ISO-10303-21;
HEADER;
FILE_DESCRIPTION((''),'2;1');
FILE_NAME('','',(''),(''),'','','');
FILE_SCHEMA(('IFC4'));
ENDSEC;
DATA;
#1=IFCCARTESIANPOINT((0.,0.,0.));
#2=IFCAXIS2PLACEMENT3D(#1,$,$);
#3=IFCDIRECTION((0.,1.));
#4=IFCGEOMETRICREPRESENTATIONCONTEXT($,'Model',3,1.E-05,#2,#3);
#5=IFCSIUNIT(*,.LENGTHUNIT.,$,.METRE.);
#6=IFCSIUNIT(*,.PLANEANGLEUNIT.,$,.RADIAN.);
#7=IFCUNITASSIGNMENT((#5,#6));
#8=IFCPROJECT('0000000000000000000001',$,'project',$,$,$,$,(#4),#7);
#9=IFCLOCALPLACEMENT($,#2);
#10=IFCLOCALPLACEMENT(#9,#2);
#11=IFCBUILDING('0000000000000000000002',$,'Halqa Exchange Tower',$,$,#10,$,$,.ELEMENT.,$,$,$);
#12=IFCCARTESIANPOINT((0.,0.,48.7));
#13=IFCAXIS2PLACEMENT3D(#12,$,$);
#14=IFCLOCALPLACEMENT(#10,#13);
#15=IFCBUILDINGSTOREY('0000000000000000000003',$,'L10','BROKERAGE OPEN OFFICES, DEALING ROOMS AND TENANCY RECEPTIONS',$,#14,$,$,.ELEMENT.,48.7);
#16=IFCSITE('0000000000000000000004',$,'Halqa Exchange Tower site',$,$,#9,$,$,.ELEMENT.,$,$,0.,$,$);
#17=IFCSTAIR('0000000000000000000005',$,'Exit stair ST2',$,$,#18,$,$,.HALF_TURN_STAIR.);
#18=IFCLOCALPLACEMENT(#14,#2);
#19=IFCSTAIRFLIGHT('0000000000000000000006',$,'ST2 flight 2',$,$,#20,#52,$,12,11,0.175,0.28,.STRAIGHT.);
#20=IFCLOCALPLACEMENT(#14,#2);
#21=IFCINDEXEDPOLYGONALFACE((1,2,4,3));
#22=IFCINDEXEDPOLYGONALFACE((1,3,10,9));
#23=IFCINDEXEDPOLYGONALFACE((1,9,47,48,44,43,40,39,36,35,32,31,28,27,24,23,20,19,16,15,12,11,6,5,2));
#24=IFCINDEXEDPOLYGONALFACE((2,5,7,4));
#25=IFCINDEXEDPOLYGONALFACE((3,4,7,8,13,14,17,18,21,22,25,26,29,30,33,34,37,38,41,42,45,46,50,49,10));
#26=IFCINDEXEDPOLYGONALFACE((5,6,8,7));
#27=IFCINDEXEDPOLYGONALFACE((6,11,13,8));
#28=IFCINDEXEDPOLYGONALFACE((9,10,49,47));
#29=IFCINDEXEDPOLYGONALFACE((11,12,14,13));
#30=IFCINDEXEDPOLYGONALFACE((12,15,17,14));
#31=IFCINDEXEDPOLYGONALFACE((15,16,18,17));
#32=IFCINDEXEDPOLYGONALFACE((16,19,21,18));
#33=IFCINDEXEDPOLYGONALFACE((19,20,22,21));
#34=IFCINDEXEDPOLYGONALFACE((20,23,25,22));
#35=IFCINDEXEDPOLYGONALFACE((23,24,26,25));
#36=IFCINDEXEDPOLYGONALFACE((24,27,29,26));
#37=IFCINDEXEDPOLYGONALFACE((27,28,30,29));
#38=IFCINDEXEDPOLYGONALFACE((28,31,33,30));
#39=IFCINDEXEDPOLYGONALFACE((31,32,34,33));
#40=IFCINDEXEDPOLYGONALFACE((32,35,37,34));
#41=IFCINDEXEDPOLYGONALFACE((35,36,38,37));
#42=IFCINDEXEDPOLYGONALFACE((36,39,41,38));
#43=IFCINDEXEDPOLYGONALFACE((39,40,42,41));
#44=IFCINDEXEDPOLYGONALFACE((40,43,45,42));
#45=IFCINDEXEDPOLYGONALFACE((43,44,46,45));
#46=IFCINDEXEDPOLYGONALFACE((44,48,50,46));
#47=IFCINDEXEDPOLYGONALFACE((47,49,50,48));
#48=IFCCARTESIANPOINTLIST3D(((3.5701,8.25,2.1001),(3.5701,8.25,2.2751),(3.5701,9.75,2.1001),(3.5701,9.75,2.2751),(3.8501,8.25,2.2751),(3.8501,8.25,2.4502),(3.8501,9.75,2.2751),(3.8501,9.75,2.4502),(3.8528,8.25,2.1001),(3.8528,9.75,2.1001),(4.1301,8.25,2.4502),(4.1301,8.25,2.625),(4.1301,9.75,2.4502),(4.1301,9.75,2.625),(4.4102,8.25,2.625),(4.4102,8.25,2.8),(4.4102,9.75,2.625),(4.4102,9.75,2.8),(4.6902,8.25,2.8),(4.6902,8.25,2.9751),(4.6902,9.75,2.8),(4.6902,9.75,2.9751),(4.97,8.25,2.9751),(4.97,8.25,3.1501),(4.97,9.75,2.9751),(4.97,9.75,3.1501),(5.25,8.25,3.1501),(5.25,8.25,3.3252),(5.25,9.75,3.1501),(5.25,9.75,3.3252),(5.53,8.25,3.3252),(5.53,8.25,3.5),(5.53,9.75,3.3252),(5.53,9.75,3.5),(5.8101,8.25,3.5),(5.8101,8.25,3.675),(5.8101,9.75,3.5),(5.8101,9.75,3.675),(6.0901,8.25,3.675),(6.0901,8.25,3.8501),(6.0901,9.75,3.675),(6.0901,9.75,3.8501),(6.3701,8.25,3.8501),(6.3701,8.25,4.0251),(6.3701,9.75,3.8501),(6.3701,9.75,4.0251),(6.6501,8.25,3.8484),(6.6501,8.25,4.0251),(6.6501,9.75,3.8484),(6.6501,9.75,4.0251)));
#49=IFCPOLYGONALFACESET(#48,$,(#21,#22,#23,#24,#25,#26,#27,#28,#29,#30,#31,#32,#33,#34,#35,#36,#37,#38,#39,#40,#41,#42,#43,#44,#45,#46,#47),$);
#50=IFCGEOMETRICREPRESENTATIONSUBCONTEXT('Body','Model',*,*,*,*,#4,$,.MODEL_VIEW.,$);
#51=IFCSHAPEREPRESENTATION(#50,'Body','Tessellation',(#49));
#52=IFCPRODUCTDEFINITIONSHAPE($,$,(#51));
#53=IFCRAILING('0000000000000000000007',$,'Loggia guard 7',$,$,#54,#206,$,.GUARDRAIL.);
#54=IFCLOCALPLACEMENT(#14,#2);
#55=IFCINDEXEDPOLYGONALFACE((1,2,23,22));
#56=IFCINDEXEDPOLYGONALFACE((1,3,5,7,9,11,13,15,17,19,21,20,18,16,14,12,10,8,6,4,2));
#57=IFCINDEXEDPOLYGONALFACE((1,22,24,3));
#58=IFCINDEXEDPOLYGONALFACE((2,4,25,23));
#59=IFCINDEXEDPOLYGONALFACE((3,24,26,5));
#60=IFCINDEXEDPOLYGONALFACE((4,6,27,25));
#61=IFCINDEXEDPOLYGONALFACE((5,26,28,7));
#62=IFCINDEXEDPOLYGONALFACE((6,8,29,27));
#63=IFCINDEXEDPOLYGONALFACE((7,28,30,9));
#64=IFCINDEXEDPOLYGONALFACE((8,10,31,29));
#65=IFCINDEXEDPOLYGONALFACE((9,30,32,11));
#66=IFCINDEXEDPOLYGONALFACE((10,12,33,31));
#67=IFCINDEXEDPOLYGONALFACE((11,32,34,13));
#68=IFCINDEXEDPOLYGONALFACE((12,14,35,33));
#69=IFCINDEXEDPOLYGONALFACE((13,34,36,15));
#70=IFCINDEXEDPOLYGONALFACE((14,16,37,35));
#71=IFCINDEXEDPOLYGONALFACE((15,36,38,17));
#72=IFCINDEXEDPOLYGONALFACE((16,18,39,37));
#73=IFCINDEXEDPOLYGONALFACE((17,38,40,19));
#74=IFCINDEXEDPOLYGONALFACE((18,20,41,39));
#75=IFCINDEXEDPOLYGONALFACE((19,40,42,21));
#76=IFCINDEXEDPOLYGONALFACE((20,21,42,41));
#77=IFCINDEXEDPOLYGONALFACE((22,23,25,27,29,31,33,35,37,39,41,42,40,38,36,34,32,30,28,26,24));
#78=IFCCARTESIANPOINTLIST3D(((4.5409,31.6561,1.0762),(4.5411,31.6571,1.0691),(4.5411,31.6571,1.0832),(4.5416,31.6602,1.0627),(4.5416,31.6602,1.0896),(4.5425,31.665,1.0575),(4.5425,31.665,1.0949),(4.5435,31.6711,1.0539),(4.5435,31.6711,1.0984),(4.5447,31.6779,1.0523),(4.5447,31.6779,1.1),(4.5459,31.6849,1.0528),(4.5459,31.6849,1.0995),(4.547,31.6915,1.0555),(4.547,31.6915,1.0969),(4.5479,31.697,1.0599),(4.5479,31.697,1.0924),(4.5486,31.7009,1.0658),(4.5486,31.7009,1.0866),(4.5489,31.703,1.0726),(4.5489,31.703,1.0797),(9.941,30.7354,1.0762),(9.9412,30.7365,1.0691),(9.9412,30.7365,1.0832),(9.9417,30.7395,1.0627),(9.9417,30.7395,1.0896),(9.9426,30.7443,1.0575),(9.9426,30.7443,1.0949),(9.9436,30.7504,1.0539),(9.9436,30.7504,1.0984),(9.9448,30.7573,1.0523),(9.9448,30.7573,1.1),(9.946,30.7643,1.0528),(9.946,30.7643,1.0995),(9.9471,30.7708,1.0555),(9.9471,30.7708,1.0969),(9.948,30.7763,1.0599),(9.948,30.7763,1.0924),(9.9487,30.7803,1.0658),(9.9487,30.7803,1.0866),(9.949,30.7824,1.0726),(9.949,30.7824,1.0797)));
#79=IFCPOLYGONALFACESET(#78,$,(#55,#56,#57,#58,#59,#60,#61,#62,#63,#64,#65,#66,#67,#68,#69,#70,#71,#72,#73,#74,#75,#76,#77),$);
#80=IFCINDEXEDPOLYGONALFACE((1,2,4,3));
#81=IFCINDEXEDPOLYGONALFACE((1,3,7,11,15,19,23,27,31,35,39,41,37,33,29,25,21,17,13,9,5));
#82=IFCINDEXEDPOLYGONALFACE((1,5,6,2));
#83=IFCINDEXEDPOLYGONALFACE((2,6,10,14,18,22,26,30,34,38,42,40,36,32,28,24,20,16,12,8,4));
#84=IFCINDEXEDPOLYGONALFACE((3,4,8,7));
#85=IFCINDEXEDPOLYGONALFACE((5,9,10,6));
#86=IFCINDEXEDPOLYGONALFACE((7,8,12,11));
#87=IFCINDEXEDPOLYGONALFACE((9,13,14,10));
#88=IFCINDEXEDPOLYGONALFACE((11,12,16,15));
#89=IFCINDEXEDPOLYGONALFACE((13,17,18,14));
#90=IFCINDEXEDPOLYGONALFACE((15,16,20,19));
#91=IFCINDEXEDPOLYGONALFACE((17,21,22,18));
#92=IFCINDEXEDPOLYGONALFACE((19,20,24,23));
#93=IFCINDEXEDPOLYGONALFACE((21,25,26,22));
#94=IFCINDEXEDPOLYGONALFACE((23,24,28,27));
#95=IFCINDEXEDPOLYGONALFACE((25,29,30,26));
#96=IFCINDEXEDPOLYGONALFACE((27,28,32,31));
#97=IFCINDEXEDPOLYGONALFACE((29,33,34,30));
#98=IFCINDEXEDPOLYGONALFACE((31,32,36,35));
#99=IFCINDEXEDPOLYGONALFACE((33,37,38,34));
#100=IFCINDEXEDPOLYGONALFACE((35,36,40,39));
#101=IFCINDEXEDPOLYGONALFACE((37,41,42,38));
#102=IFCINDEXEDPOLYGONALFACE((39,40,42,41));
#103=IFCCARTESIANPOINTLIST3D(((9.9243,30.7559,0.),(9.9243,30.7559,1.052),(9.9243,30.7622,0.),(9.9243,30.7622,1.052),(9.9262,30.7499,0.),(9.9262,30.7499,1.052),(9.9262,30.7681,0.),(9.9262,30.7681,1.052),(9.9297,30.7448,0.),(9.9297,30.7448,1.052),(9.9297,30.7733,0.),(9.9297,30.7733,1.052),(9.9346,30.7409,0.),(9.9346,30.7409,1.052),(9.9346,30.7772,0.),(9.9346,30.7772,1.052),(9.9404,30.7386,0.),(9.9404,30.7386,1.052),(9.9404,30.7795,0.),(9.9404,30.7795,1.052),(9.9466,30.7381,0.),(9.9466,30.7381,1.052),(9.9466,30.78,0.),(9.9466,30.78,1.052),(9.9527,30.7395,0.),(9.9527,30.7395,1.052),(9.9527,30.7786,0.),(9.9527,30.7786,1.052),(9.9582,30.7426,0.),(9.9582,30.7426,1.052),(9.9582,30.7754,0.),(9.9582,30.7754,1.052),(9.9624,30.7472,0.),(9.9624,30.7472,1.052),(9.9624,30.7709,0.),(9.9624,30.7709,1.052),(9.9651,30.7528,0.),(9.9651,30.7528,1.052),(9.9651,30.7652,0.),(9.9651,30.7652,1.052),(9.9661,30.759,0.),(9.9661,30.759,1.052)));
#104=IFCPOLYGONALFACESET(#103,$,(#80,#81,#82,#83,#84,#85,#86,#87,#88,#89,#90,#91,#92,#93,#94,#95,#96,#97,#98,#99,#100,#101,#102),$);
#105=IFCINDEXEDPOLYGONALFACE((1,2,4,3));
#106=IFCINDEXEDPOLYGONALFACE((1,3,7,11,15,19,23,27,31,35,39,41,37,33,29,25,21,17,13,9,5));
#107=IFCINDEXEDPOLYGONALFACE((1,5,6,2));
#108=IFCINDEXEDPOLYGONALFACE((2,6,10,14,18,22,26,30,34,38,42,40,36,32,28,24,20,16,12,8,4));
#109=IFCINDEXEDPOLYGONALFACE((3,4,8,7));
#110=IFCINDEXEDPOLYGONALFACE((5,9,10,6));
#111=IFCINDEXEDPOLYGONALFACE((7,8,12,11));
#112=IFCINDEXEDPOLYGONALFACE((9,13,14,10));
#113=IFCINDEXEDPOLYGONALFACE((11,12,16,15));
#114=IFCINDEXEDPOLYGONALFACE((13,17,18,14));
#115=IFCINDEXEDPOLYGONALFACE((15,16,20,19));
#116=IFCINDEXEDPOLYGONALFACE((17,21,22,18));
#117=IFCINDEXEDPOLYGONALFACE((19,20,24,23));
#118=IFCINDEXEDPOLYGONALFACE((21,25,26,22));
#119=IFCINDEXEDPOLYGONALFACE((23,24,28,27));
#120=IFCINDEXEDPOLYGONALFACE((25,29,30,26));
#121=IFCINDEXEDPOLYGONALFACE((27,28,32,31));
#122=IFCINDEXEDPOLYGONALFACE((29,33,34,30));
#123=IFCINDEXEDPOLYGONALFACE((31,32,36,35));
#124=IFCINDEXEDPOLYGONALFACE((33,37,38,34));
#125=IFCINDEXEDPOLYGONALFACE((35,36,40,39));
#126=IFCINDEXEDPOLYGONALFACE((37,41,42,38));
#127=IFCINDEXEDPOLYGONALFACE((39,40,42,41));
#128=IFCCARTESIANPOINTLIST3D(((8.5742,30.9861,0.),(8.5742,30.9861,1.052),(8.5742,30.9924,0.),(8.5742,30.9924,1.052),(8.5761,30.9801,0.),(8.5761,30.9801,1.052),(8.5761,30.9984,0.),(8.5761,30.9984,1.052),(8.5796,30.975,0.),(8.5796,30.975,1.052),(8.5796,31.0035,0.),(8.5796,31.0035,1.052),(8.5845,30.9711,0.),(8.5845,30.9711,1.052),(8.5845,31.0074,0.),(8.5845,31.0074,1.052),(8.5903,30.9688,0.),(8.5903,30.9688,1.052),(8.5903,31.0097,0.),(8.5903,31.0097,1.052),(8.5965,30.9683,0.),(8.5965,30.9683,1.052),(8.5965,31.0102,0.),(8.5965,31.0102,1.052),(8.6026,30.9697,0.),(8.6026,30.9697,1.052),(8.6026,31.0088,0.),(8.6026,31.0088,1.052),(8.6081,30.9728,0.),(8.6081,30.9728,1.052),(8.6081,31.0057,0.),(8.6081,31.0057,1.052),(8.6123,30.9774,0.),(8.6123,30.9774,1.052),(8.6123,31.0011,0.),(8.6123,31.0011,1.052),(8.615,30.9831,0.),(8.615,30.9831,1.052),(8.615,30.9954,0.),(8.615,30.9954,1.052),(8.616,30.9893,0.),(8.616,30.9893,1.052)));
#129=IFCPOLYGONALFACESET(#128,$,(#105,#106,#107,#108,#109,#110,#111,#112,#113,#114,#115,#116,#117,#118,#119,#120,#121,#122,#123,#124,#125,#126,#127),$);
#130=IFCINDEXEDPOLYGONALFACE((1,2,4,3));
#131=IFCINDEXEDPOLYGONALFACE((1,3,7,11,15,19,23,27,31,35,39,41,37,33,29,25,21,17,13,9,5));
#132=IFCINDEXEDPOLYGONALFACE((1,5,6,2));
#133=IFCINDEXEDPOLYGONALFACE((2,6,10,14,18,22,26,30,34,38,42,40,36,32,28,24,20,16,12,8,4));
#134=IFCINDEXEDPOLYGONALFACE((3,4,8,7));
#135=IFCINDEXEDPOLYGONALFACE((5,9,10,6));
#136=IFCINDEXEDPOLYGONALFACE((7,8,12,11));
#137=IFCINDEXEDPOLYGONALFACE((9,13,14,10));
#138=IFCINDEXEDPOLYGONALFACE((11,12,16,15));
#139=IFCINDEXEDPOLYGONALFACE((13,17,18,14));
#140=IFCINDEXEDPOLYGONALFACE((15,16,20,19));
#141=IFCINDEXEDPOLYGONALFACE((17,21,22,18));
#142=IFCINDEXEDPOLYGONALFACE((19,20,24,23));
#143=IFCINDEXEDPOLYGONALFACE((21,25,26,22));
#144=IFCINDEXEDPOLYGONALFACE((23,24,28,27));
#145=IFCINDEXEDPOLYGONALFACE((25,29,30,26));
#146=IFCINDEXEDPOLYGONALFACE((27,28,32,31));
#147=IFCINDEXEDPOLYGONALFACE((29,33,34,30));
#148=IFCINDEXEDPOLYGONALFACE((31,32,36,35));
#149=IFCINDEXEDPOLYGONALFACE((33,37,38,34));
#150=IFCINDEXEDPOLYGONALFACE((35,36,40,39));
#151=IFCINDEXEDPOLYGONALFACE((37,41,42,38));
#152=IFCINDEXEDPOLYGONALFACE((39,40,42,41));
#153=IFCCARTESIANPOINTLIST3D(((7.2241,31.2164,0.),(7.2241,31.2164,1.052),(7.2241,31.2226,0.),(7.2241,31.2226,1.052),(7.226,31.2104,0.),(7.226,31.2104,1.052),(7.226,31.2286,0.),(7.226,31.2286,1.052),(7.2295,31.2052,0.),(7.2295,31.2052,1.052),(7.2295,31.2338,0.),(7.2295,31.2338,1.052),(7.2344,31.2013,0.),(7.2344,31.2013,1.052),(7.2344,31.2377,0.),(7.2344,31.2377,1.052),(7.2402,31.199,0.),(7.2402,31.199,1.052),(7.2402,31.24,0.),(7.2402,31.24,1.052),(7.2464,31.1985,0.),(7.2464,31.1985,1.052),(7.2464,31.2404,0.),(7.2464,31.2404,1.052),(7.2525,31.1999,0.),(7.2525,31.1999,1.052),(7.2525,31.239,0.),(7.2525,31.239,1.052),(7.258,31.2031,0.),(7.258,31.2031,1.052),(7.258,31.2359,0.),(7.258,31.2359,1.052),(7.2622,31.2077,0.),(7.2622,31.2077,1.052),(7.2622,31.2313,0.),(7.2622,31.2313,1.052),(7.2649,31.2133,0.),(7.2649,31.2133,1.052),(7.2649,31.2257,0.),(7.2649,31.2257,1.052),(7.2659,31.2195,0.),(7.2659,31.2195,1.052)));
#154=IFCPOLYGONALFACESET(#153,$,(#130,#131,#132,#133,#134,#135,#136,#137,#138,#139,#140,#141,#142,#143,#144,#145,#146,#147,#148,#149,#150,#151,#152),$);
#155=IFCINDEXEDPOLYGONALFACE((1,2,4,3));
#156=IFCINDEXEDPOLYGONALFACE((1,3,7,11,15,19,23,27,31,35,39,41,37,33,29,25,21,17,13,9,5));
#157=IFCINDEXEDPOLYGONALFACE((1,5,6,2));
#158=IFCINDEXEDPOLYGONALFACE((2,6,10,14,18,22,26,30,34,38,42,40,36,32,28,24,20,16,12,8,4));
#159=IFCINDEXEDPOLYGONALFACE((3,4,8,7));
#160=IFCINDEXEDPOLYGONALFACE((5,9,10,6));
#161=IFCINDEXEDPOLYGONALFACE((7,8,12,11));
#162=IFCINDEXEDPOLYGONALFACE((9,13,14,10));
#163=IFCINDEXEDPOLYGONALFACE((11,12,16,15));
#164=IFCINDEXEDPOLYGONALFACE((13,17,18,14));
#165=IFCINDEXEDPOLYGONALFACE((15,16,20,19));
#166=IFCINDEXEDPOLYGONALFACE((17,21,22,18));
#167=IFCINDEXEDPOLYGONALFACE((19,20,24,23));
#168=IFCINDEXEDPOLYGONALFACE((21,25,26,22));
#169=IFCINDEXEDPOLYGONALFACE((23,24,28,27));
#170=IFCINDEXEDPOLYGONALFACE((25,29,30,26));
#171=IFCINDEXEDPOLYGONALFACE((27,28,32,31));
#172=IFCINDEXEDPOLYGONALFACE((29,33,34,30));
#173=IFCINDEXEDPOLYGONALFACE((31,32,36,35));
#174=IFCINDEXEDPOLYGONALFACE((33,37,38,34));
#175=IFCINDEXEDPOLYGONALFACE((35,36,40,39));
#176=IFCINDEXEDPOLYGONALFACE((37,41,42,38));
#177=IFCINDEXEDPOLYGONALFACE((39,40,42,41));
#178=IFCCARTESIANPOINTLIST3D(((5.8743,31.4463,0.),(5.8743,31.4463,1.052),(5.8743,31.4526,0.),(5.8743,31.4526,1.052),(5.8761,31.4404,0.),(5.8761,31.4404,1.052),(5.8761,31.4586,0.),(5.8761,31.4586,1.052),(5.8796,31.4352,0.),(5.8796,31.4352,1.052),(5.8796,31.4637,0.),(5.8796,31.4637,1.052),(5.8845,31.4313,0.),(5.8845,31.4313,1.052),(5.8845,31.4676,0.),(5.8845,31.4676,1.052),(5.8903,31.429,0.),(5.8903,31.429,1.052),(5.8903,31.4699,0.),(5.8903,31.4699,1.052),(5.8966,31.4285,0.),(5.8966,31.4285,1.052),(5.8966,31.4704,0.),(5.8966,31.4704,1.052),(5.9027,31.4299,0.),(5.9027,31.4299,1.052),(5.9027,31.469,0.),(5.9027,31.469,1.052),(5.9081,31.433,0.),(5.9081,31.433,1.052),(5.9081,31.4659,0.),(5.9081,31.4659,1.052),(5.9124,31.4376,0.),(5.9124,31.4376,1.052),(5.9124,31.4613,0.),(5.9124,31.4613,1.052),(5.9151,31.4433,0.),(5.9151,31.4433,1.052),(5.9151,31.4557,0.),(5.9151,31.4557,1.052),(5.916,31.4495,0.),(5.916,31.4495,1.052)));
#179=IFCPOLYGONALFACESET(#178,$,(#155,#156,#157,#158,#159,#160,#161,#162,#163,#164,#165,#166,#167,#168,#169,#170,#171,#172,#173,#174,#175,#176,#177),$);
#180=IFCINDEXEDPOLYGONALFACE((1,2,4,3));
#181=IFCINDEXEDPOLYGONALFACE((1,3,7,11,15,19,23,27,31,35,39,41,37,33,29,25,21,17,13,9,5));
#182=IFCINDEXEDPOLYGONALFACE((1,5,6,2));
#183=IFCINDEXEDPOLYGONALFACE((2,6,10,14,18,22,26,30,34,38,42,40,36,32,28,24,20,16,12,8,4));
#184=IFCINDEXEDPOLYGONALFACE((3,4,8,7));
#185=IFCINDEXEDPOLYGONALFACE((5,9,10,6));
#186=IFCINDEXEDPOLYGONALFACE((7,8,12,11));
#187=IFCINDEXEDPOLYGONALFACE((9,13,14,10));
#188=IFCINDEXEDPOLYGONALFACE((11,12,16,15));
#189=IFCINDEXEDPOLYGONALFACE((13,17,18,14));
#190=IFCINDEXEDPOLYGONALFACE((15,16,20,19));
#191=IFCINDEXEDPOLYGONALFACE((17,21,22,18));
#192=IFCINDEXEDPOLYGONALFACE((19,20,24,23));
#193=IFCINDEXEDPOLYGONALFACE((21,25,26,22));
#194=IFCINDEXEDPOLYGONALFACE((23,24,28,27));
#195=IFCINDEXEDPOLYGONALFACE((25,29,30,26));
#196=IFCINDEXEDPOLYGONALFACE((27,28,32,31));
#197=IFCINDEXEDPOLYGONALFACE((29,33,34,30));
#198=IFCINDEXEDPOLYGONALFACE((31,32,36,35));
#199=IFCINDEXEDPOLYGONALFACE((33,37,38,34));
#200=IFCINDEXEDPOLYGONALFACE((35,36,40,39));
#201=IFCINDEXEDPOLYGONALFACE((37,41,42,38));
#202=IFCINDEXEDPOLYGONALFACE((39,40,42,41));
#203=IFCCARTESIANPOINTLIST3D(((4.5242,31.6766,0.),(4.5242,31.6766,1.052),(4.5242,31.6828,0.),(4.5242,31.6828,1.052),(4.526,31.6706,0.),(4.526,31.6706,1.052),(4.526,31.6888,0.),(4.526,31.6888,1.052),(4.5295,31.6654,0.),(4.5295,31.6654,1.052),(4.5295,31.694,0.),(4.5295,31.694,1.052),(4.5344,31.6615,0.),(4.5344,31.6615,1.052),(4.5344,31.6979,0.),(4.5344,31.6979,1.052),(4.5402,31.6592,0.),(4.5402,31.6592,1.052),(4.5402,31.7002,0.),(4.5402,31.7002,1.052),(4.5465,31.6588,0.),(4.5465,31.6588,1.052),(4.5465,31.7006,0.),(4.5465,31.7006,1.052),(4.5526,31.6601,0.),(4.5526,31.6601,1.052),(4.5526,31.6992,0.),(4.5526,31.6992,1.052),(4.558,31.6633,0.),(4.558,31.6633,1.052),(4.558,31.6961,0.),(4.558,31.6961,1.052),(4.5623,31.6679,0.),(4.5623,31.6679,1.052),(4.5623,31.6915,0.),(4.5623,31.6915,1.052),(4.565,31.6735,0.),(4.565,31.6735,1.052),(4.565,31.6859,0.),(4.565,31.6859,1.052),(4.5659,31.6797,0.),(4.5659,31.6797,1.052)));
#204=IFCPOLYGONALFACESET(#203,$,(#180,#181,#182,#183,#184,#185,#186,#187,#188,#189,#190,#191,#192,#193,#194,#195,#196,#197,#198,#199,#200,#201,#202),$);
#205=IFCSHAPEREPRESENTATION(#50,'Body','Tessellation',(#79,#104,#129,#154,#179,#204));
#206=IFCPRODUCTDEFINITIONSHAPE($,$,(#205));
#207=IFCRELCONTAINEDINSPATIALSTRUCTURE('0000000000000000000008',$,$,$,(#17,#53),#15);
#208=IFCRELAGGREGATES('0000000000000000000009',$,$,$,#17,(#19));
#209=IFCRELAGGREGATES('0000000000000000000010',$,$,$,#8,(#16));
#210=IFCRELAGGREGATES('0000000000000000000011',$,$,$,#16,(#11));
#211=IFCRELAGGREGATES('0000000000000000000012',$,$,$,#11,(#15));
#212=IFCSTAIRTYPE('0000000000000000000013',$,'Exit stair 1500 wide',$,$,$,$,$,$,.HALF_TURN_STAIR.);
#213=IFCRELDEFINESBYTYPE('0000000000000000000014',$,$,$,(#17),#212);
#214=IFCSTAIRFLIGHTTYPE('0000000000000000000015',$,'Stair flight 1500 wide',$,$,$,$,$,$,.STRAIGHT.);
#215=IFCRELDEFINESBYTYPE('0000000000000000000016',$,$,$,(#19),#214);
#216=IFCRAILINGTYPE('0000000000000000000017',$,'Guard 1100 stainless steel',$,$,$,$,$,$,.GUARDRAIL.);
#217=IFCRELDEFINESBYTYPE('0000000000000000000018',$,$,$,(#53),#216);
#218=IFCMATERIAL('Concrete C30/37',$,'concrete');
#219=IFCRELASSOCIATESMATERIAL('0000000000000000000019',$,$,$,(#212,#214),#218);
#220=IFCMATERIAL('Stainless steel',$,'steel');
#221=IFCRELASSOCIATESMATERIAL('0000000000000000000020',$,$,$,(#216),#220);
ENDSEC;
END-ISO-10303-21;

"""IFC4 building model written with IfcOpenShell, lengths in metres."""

from ifc_helpers import new_model, si_unit, direction, frame, origin, origin_2d, place, context, subcontext, project, spatial, polyline, circle, outline, extrude, material, type_object, element, aggregate, save


model = new_model("IFC4")

# Units and contexts
model_context = context("Model", 3, precision=1e-05, world=origin(), true_north=direction((0.0, 1.0)))
body_context = subcontext(model_context, "Body", "Model", "MODEL_VIEW")
ifc_project = project(units=[si_unit("LENGTHUNIT", "METRE"), si_unit("PLANEANGLEUNIT", "RADIAN")], contexts=[model_context])

# Site, building, storey
site_placement = place(None, origin())
site = spatial("IfcSite", under=ifc_project, at=site_placement, Name="Halqa Exchange Tower site", CompositionType="ELEMENT", RefElevation=0.0)
building_placement = place(site_placement, origin())
building = spatial("IfcBuilding", under=site, at=building_placement, Name="Halqa Exchange Tower", CompositionType="ELEMENT")
storey_placement = place(building_placement, frame((0.0, 0.0, 48.7)))
storey = spatial("IfcBuildingStorey", under=building, at=storey_placement, Name="L10", Description="BROKERAGE OPEN OFFICES, DEALING ROOMS AND TENANCY RECEPTIONS", CompositionType="ELEMENT", Elevation=48.7)

# Stair
ifc_material_1 = material(Name="Concrete C30/37", Category="concrete")
stair_type = type_object("IfcStairType", Name="Exit stair 1500 wide", PredefinedType="HALF_TURN_STAIR", material=ifc_material_1)
stair_1_placement = place(storey_placement, origin())
stair_1 = element("IfcStair", 1, at=stair_1_placement, inside=storey, type_object=stair_type, Name="Exit stair ST2", PredefinedType="HALF_TURN_STAIR")

# Stair flight
stair_flight_type = type_object("IfcStairFlightType", Name="Stair flight 1500 wide", PredefinedType="STRAIGHT", material=ifc_material_1)
stair_flight_1_placement = place(storey_placement, frame((3.5701, 9.0, 2.1001), z_axis=(0.0, 0.0, 1.0), x_axis=(1.0, 0.0, 0.0)))
stair_flight_1 = element("IfcStairFlight", 2, at=stair_flight_1_placement, type_object=stair_flight_type, Name="ST2 flight 2", NumberOfRisers=12, NumberOfTreads=11, PredefinedType="STRAIGHT", RiserHeight=0.175, TreadLength=0.28, context=body_context, shape_type="SweptSolid", body=[
    extrude(outline(polyline([(0.0, 0.0), (0.0, 0.175), (0.28, 0.175), (0.28, 0.3501), (0.5601, 0.3501), (0.5601, 0.5249), (0.8401, 0.5249), (0.8401, 0.7), (1.1201, 0.7), (1.1201, 0.875), (1.3999, 0.875), (1.3999, 1.05), (1.6799, 1.05), (1.6799, 1.2251), (1.96, 1.2251), (1.96, 1.3999), (2.24, 1.3999), (2.24, 1.575), (2.52, 1.575), (2.52, 1.75), (2.8, 1.75), (2.8, 1.925), (3.0801, 1.925), (3.0801, 2.1001), (3.0801, 1.7483), (0.2827, 0.0), (0.0, 0.0)])), frame((0.0, 0.75, 0.0), z_axis=(0.0, -1.0, 0.0), x_axis=(1.0, 0.0, 0.0)), (0.0, 0.0, 1.0), 1.5),
])
aggregate(stair_1, [stair_flight_1])

# Railing
ifc_material_2 = material(Name="Stainless steel", Category="steel")
railing_type_1 = type_object("IfcRailingType", Name="Guard 1100 stainless steel", PredefinedType="GUARDRAIL", material=ifc_material_2)
railing_1_placement = place(storey_placement, frame((9.9451, 30.759, 0.0)))
element("IfcRailing", 3, at=railing_1_placement, inside=storey, type_object=railing_type_1, Name="Loggia guard 7", PredefinedType="GUARDRAIL", context=body_context, shape_type="SweptSolid", body=[
    extrude(circle(Radius=0.0239, at=origin_2d()), frame((0.0, 0.0, 1.0762), z_axis=(-0.985776, 0.168062, 0.0), x_axis=(-0.168062, -0.985776, 0.0)), (0.0, 0.0, 1.0), 5.478),
    extrude(circle(Radius=0.021, at=origin_2d()), origin(), (0.0, 0.0, 1.0), 1.052),
    extrude(circle(Radius=0.021, at=origin_2d()), frame((-1.3501, 0.2302, 0.0)), (0.0, 0.0, 1.0), 1.052),
    extrude(circle(Radius=0.021, at=origin_2d()), frame((-2.7002, 0.4604, 0.0)), (0.0, 0.0, 1.0), 1.052),
    extrude(circle(Radius=0.021, at=origin_2d()), frame((-4.05, 0.6904, 0.0)), (0.0, 0.0, 1.0), 1.052),
    extrude(circle(Radius=0.021, at=origin_2d()), frame((-5.4001, 0.9207, 0.0)), (0.0, 0.0, 1.0), 1.052),
])

save(model, "model.ifc")
